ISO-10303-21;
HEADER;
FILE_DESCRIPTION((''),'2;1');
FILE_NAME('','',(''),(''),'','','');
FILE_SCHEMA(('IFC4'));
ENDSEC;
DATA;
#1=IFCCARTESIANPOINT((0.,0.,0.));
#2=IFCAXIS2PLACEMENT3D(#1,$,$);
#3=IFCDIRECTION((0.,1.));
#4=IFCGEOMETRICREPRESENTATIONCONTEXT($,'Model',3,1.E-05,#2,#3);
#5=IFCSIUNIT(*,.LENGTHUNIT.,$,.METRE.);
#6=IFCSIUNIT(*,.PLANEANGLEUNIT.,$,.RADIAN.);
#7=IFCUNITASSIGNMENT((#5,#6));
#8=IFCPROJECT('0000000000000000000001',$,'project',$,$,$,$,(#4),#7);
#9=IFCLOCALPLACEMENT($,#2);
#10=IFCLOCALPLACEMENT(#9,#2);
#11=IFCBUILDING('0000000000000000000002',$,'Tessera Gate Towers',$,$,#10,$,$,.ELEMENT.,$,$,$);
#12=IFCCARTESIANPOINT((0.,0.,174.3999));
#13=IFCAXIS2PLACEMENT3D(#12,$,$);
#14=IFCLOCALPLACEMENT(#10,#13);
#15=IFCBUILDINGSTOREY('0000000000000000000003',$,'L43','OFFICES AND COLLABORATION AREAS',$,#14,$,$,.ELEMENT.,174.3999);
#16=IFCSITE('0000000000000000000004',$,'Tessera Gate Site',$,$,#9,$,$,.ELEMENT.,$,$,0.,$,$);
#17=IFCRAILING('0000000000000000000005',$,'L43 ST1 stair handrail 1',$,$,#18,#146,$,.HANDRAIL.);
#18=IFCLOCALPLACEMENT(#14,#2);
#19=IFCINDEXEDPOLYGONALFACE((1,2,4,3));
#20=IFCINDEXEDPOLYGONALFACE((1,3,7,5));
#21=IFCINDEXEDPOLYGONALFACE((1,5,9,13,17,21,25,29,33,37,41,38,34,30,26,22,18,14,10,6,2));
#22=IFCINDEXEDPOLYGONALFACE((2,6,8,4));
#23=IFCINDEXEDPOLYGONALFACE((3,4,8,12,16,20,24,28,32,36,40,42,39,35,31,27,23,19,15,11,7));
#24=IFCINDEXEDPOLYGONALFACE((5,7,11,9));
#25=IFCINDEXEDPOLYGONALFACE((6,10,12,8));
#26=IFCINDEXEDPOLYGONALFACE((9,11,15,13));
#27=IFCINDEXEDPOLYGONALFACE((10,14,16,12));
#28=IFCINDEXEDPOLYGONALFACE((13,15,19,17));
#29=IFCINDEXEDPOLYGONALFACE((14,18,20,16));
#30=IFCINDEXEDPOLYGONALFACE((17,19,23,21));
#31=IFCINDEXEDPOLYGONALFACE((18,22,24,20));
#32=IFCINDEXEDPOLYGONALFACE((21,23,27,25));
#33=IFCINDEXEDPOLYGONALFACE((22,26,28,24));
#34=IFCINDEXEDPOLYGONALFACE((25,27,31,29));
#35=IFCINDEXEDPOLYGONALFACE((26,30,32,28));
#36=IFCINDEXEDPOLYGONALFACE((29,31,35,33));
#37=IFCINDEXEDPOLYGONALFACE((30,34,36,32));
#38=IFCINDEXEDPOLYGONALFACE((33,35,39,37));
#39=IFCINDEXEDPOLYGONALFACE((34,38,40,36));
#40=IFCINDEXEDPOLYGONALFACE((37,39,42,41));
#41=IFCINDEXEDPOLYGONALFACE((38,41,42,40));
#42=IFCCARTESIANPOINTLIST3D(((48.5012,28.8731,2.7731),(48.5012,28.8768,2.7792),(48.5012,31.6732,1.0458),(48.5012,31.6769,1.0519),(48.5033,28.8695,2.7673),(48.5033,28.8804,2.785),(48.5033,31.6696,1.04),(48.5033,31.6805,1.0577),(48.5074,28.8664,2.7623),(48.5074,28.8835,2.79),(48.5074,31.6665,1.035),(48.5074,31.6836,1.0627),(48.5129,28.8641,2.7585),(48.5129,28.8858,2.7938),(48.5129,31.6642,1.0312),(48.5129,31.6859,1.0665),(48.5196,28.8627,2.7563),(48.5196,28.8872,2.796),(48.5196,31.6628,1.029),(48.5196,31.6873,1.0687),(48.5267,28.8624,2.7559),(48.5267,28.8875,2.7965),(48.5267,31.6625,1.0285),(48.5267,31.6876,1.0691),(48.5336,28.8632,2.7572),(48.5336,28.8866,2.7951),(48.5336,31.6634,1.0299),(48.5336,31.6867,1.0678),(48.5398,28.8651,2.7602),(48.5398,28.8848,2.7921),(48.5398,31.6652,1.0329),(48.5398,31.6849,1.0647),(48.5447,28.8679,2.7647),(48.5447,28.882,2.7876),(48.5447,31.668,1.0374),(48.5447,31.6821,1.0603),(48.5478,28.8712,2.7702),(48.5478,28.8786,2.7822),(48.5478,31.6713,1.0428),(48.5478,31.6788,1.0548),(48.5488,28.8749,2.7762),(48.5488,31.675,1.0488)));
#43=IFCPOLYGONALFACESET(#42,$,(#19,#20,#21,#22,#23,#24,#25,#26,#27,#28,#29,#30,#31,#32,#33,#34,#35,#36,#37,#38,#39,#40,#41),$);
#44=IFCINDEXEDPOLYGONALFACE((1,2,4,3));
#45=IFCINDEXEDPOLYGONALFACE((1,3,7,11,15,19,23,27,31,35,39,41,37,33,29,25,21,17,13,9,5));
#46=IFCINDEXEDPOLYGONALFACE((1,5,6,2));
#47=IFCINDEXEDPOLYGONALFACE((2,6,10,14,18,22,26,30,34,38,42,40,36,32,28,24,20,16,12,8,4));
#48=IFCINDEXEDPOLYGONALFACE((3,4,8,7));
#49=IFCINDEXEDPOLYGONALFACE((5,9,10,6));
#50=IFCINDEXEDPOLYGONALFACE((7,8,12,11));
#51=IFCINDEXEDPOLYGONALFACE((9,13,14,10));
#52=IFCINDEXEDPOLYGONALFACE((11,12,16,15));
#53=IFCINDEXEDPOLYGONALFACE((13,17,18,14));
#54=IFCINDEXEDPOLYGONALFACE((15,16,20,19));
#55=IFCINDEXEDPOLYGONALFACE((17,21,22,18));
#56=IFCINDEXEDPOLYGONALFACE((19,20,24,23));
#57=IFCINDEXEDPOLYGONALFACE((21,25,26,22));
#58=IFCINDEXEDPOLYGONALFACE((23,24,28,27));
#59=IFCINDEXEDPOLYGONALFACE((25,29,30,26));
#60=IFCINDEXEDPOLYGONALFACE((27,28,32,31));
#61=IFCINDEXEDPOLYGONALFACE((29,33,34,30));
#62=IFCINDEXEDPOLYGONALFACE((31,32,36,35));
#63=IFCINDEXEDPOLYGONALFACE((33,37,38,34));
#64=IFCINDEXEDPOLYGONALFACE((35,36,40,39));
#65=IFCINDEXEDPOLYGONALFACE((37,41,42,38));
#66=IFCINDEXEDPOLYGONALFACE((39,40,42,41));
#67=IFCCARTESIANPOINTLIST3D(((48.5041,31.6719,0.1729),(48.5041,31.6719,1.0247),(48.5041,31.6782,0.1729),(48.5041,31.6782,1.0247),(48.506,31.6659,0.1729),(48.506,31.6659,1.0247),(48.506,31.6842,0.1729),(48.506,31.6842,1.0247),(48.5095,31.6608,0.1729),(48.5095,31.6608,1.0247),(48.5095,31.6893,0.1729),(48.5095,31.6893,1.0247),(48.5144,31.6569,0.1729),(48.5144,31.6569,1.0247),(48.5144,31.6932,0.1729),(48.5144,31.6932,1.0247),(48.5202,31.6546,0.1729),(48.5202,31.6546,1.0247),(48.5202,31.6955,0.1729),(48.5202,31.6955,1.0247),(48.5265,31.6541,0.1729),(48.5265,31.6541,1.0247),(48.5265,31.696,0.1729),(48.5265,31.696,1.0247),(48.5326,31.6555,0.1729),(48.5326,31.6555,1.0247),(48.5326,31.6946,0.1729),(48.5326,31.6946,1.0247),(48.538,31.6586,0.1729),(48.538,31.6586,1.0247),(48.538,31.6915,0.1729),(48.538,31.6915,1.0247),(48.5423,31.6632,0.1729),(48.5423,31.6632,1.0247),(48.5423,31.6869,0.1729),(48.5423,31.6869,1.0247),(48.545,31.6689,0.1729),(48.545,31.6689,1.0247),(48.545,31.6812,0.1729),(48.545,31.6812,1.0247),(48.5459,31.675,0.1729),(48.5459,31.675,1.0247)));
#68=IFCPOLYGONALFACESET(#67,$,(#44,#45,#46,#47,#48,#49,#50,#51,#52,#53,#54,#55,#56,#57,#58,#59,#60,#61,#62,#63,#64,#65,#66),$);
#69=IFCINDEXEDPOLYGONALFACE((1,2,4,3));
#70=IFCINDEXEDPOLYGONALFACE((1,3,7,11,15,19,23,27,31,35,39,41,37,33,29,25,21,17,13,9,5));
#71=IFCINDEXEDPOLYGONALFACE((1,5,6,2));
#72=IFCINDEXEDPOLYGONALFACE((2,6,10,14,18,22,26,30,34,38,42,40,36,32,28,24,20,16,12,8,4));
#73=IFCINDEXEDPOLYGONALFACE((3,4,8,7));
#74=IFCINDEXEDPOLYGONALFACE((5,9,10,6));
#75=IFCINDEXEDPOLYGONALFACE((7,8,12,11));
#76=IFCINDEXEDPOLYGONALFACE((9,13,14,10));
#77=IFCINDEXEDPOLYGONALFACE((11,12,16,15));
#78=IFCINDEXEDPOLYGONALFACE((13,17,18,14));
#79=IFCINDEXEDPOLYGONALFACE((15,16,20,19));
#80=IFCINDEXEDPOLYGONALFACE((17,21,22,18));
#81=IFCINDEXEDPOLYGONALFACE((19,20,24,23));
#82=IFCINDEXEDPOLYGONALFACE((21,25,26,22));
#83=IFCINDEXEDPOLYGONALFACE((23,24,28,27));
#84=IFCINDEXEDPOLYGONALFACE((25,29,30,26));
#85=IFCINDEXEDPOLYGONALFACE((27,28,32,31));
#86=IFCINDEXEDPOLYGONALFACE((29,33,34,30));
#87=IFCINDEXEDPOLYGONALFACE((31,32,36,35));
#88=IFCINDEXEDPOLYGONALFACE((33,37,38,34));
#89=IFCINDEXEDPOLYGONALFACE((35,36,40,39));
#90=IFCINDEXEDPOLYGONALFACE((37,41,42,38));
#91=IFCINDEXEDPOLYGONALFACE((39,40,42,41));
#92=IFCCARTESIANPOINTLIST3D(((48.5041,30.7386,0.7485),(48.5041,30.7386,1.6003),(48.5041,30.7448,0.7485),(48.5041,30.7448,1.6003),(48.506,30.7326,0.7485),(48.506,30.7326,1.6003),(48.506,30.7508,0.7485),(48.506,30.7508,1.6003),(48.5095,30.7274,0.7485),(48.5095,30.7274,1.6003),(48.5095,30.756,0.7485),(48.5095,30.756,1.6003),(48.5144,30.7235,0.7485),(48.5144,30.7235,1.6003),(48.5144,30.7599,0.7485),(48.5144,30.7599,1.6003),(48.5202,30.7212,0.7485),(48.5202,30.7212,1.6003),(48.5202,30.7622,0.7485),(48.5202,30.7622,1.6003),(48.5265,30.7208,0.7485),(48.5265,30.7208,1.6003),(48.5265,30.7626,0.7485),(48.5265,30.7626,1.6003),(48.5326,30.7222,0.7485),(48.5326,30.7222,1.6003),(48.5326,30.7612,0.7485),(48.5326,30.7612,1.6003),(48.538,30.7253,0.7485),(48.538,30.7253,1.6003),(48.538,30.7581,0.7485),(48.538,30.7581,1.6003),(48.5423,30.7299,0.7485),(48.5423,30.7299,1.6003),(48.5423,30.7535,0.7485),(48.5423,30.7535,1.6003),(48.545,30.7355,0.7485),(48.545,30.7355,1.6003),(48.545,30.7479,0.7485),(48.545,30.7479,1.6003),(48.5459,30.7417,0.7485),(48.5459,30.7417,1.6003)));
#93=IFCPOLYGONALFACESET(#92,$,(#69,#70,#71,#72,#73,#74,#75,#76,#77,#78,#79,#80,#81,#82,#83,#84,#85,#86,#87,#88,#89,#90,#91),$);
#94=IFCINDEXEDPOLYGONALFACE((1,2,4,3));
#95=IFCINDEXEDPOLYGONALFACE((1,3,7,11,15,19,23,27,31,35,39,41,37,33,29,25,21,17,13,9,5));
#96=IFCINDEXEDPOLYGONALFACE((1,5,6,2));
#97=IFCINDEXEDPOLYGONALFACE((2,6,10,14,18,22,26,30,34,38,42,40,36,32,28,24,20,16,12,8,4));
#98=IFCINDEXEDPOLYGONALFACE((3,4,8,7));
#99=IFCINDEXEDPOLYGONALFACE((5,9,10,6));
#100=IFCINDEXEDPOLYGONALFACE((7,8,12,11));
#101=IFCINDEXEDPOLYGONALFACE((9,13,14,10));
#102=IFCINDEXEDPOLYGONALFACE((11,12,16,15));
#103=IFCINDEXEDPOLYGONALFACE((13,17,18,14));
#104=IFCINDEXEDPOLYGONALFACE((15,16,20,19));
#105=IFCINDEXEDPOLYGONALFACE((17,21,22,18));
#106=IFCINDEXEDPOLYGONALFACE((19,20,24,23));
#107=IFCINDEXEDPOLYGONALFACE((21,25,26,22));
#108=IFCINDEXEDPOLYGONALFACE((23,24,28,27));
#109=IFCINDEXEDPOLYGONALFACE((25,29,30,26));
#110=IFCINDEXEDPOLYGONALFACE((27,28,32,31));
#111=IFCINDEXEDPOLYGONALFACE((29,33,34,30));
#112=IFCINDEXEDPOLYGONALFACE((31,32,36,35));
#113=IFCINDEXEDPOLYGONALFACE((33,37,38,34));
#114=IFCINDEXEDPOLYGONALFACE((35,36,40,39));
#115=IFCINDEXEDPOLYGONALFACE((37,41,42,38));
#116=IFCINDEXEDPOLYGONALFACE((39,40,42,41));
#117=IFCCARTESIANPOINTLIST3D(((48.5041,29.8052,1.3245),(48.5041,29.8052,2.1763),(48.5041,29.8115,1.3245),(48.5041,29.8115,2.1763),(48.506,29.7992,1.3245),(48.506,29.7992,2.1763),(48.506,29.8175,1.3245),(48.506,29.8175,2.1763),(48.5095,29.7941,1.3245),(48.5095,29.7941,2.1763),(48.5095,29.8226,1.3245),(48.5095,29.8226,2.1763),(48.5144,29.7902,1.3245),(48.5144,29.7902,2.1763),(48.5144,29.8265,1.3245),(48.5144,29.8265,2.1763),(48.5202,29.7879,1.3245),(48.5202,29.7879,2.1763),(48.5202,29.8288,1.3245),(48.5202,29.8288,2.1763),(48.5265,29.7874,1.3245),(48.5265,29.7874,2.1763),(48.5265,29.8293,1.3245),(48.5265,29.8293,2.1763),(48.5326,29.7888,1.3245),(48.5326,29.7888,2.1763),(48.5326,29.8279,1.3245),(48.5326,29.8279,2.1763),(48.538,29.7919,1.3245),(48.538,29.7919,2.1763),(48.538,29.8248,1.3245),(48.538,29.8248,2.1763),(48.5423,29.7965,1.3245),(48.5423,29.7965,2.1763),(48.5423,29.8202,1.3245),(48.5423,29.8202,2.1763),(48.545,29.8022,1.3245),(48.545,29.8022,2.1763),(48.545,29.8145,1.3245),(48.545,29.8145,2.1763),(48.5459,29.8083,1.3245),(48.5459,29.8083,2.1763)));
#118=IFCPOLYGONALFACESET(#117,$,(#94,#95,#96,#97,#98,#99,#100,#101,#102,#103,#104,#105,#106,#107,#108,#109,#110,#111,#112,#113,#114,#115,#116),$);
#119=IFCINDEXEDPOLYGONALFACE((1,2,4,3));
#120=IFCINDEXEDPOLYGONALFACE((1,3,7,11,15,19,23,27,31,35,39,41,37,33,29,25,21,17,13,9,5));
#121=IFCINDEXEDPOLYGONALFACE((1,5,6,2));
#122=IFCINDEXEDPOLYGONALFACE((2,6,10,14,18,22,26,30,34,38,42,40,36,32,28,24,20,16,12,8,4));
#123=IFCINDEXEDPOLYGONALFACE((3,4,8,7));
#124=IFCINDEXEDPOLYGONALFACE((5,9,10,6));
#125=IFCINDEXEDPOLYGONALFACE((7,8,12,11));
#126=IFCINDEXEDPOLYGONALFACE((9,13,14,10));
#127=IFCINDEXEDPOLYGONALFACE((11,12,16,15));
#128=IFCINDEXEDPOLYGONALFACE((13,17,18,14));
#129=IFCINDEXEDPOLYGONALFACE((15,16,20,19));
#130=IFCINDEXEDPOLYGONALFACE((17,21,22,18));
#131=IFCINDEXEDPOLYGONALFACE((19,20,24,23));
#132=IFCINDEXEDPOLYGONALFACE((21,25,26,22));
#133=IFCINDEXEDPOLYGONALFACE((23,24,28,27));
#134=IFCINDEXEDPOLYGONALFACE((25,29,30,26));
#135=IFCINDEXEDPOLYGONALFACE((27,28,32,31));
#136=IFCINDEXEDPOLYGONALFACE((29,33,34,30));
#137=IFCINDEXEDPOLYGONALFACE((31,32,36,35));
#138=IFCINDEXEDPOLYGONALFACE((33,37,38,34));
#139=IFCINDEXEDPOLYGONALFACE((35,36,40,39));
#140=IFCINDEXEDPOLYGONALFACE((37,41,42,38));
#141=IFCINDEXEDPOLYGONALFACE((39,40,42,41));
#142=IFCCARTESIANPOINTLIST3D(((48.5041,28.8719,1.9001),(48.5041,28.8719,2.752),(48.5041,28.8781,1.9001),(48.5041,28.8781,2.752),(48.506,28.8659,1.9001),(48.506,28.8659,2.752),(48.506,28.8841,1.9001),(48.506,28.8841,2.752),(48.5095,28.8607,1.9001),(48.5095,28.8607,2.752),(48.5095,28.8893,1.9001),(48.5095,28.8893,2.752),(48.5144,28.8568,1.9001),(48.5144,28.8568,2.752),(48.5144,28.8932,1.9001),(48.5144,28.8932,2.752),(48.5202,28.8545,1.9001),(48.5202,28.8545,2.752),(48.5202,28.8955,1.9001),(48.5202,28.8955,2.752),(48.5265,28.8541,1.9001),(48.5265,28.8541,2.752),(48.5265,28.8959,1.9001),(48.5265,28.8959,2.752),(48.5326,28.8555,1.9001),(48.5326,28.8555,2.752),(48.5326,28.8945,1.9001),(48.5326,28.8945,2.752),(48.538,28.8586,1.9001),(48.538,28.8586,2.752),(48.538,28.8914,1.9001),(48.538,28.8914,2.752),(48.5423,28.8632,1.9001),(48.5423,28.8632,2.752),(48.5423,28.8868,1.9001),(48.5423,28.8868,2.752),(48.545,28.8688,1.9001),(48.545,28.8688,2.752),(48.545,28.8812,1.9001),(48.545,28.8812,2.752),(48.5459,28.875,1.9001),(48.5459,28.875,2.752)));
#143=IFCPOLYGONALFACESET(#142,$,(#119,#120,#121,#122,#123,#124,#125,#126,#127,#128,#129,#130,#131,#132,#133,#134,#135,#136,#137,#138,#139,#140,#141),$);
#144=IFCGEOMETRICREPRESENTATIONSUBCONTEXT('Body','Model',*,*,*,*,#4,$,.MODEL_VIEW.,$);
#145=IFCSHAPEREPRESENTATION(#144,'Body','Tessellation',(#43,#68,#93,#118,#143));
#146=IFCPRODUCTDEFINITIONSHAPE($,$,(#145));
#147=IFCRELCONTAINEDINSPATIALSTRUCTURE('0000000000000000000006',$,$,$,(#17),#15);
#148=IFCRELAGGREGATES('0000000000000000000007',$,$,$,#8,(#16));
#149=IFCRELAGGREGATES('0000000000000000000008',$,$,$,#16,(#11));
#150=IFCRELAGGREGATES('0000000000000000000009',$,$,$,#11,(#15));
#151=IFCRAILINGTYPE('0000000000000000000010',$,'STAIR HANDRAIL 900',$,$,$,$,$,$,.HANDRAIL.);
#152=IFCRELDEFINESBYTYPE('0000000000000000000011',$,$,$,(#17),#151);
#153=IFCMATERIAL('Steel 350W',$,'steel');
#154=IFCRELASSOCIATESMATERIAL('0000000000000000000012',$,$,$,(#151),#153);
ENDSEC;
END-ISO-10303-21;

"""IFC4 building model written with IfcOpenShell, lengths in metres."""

from ifc_helpers import new_model, si_unit, direction, frame, origin, origin_2d, place, context, subcontext, project, spatial, circle, extrude, material, type_object, element, save


model = new_model("IFC4")

# Units and contexts
model_context = context("Model", 3, precision=1e-05, world=origin(), true_north=direction((0.0, 1.0)))
body_context = subcontext(model_context, "Body", "Model", "MODEL_VIEW")
ifc_project = project(units=[si_unit("LENGTHUNIT", "METRE"), si_unit("PLANEANGLEUNIT", "RADIAN")], contexts=[model_context])

# Site, building, storey
site_placement = place(None, origin())
site = spatial("IfcSite", under=ifc_project, at=site_placement, Name="Tessera Gate Site", CompositionType="ELEMENT", RefElevation=0.0)
building_placement = place(site_placement, origin())
building = spatial("IfcBuilding", under=site, at=building_placement, Name="Tessera Gate Towers", CompositionType="ELEMENT")
storey_placement = place(building_placement, frame((0.0, 0.0, 174.3999)))
storey = spatial("IfcBuildingStorey", under=building, at=storey_placement, Name="L43", Description="OFFICES AND COLLABORATION AREAS", CompositionType="ELEMENT", Elevation=174.3999)

# Railing
ifc_material_1 = material(Name="Steel 350W", Category="steel")
railing_type_1 = type_object("IfcRailingType", Name="STAIR HANDRAIL 900", PredefinedType="HANDRAIL", material=ifc_material_1)
railing_1_placement = place(storey_placement, frame((48.5249, 31.675, 0.1729)))
element("IfcRailing", 1, at=railing_1_placement, inside=storey, type_object=railing_type_1, Name="L43 ST1 stair handrail 1", PredefinedType="HANDRAIL", context=body_context, shape_type="SweptSolid", body=[
    extrude(circle(Radius=0.0239, at=origin_2d()), frame((0.0, 0.0, 0.876), z_axis=(0.0, -0.85109, 0.52502), x_axis=(1.0, 0.0, 0.0)), (0.0, 0.0, 1.0), 3.29),
    extrude(circle(Radius=0.021, at=origin_2d()), origin(), (0.0, 0.0, 1.0), 0.8518),
    extrude(circle(Radius=0.021, at=origin_2d()), frame((0.0, -0.9333, 0.5757)), (0.0, 0.0, 1.0), 0.8518),
    extrude(circle(Radius=0.021, at=origin_2d()), frame((0.0, -1.8667, 1.1516)), (0.0, 0.0, 1.0), 0.8518),
    extrude(circle(Radius=0.021, at=origin_2d()), frame((0.0, -2.8, 1.7273)), (0.0, 0.0, 1.0), 0.8518),
])

save(model, "model.ifc")
